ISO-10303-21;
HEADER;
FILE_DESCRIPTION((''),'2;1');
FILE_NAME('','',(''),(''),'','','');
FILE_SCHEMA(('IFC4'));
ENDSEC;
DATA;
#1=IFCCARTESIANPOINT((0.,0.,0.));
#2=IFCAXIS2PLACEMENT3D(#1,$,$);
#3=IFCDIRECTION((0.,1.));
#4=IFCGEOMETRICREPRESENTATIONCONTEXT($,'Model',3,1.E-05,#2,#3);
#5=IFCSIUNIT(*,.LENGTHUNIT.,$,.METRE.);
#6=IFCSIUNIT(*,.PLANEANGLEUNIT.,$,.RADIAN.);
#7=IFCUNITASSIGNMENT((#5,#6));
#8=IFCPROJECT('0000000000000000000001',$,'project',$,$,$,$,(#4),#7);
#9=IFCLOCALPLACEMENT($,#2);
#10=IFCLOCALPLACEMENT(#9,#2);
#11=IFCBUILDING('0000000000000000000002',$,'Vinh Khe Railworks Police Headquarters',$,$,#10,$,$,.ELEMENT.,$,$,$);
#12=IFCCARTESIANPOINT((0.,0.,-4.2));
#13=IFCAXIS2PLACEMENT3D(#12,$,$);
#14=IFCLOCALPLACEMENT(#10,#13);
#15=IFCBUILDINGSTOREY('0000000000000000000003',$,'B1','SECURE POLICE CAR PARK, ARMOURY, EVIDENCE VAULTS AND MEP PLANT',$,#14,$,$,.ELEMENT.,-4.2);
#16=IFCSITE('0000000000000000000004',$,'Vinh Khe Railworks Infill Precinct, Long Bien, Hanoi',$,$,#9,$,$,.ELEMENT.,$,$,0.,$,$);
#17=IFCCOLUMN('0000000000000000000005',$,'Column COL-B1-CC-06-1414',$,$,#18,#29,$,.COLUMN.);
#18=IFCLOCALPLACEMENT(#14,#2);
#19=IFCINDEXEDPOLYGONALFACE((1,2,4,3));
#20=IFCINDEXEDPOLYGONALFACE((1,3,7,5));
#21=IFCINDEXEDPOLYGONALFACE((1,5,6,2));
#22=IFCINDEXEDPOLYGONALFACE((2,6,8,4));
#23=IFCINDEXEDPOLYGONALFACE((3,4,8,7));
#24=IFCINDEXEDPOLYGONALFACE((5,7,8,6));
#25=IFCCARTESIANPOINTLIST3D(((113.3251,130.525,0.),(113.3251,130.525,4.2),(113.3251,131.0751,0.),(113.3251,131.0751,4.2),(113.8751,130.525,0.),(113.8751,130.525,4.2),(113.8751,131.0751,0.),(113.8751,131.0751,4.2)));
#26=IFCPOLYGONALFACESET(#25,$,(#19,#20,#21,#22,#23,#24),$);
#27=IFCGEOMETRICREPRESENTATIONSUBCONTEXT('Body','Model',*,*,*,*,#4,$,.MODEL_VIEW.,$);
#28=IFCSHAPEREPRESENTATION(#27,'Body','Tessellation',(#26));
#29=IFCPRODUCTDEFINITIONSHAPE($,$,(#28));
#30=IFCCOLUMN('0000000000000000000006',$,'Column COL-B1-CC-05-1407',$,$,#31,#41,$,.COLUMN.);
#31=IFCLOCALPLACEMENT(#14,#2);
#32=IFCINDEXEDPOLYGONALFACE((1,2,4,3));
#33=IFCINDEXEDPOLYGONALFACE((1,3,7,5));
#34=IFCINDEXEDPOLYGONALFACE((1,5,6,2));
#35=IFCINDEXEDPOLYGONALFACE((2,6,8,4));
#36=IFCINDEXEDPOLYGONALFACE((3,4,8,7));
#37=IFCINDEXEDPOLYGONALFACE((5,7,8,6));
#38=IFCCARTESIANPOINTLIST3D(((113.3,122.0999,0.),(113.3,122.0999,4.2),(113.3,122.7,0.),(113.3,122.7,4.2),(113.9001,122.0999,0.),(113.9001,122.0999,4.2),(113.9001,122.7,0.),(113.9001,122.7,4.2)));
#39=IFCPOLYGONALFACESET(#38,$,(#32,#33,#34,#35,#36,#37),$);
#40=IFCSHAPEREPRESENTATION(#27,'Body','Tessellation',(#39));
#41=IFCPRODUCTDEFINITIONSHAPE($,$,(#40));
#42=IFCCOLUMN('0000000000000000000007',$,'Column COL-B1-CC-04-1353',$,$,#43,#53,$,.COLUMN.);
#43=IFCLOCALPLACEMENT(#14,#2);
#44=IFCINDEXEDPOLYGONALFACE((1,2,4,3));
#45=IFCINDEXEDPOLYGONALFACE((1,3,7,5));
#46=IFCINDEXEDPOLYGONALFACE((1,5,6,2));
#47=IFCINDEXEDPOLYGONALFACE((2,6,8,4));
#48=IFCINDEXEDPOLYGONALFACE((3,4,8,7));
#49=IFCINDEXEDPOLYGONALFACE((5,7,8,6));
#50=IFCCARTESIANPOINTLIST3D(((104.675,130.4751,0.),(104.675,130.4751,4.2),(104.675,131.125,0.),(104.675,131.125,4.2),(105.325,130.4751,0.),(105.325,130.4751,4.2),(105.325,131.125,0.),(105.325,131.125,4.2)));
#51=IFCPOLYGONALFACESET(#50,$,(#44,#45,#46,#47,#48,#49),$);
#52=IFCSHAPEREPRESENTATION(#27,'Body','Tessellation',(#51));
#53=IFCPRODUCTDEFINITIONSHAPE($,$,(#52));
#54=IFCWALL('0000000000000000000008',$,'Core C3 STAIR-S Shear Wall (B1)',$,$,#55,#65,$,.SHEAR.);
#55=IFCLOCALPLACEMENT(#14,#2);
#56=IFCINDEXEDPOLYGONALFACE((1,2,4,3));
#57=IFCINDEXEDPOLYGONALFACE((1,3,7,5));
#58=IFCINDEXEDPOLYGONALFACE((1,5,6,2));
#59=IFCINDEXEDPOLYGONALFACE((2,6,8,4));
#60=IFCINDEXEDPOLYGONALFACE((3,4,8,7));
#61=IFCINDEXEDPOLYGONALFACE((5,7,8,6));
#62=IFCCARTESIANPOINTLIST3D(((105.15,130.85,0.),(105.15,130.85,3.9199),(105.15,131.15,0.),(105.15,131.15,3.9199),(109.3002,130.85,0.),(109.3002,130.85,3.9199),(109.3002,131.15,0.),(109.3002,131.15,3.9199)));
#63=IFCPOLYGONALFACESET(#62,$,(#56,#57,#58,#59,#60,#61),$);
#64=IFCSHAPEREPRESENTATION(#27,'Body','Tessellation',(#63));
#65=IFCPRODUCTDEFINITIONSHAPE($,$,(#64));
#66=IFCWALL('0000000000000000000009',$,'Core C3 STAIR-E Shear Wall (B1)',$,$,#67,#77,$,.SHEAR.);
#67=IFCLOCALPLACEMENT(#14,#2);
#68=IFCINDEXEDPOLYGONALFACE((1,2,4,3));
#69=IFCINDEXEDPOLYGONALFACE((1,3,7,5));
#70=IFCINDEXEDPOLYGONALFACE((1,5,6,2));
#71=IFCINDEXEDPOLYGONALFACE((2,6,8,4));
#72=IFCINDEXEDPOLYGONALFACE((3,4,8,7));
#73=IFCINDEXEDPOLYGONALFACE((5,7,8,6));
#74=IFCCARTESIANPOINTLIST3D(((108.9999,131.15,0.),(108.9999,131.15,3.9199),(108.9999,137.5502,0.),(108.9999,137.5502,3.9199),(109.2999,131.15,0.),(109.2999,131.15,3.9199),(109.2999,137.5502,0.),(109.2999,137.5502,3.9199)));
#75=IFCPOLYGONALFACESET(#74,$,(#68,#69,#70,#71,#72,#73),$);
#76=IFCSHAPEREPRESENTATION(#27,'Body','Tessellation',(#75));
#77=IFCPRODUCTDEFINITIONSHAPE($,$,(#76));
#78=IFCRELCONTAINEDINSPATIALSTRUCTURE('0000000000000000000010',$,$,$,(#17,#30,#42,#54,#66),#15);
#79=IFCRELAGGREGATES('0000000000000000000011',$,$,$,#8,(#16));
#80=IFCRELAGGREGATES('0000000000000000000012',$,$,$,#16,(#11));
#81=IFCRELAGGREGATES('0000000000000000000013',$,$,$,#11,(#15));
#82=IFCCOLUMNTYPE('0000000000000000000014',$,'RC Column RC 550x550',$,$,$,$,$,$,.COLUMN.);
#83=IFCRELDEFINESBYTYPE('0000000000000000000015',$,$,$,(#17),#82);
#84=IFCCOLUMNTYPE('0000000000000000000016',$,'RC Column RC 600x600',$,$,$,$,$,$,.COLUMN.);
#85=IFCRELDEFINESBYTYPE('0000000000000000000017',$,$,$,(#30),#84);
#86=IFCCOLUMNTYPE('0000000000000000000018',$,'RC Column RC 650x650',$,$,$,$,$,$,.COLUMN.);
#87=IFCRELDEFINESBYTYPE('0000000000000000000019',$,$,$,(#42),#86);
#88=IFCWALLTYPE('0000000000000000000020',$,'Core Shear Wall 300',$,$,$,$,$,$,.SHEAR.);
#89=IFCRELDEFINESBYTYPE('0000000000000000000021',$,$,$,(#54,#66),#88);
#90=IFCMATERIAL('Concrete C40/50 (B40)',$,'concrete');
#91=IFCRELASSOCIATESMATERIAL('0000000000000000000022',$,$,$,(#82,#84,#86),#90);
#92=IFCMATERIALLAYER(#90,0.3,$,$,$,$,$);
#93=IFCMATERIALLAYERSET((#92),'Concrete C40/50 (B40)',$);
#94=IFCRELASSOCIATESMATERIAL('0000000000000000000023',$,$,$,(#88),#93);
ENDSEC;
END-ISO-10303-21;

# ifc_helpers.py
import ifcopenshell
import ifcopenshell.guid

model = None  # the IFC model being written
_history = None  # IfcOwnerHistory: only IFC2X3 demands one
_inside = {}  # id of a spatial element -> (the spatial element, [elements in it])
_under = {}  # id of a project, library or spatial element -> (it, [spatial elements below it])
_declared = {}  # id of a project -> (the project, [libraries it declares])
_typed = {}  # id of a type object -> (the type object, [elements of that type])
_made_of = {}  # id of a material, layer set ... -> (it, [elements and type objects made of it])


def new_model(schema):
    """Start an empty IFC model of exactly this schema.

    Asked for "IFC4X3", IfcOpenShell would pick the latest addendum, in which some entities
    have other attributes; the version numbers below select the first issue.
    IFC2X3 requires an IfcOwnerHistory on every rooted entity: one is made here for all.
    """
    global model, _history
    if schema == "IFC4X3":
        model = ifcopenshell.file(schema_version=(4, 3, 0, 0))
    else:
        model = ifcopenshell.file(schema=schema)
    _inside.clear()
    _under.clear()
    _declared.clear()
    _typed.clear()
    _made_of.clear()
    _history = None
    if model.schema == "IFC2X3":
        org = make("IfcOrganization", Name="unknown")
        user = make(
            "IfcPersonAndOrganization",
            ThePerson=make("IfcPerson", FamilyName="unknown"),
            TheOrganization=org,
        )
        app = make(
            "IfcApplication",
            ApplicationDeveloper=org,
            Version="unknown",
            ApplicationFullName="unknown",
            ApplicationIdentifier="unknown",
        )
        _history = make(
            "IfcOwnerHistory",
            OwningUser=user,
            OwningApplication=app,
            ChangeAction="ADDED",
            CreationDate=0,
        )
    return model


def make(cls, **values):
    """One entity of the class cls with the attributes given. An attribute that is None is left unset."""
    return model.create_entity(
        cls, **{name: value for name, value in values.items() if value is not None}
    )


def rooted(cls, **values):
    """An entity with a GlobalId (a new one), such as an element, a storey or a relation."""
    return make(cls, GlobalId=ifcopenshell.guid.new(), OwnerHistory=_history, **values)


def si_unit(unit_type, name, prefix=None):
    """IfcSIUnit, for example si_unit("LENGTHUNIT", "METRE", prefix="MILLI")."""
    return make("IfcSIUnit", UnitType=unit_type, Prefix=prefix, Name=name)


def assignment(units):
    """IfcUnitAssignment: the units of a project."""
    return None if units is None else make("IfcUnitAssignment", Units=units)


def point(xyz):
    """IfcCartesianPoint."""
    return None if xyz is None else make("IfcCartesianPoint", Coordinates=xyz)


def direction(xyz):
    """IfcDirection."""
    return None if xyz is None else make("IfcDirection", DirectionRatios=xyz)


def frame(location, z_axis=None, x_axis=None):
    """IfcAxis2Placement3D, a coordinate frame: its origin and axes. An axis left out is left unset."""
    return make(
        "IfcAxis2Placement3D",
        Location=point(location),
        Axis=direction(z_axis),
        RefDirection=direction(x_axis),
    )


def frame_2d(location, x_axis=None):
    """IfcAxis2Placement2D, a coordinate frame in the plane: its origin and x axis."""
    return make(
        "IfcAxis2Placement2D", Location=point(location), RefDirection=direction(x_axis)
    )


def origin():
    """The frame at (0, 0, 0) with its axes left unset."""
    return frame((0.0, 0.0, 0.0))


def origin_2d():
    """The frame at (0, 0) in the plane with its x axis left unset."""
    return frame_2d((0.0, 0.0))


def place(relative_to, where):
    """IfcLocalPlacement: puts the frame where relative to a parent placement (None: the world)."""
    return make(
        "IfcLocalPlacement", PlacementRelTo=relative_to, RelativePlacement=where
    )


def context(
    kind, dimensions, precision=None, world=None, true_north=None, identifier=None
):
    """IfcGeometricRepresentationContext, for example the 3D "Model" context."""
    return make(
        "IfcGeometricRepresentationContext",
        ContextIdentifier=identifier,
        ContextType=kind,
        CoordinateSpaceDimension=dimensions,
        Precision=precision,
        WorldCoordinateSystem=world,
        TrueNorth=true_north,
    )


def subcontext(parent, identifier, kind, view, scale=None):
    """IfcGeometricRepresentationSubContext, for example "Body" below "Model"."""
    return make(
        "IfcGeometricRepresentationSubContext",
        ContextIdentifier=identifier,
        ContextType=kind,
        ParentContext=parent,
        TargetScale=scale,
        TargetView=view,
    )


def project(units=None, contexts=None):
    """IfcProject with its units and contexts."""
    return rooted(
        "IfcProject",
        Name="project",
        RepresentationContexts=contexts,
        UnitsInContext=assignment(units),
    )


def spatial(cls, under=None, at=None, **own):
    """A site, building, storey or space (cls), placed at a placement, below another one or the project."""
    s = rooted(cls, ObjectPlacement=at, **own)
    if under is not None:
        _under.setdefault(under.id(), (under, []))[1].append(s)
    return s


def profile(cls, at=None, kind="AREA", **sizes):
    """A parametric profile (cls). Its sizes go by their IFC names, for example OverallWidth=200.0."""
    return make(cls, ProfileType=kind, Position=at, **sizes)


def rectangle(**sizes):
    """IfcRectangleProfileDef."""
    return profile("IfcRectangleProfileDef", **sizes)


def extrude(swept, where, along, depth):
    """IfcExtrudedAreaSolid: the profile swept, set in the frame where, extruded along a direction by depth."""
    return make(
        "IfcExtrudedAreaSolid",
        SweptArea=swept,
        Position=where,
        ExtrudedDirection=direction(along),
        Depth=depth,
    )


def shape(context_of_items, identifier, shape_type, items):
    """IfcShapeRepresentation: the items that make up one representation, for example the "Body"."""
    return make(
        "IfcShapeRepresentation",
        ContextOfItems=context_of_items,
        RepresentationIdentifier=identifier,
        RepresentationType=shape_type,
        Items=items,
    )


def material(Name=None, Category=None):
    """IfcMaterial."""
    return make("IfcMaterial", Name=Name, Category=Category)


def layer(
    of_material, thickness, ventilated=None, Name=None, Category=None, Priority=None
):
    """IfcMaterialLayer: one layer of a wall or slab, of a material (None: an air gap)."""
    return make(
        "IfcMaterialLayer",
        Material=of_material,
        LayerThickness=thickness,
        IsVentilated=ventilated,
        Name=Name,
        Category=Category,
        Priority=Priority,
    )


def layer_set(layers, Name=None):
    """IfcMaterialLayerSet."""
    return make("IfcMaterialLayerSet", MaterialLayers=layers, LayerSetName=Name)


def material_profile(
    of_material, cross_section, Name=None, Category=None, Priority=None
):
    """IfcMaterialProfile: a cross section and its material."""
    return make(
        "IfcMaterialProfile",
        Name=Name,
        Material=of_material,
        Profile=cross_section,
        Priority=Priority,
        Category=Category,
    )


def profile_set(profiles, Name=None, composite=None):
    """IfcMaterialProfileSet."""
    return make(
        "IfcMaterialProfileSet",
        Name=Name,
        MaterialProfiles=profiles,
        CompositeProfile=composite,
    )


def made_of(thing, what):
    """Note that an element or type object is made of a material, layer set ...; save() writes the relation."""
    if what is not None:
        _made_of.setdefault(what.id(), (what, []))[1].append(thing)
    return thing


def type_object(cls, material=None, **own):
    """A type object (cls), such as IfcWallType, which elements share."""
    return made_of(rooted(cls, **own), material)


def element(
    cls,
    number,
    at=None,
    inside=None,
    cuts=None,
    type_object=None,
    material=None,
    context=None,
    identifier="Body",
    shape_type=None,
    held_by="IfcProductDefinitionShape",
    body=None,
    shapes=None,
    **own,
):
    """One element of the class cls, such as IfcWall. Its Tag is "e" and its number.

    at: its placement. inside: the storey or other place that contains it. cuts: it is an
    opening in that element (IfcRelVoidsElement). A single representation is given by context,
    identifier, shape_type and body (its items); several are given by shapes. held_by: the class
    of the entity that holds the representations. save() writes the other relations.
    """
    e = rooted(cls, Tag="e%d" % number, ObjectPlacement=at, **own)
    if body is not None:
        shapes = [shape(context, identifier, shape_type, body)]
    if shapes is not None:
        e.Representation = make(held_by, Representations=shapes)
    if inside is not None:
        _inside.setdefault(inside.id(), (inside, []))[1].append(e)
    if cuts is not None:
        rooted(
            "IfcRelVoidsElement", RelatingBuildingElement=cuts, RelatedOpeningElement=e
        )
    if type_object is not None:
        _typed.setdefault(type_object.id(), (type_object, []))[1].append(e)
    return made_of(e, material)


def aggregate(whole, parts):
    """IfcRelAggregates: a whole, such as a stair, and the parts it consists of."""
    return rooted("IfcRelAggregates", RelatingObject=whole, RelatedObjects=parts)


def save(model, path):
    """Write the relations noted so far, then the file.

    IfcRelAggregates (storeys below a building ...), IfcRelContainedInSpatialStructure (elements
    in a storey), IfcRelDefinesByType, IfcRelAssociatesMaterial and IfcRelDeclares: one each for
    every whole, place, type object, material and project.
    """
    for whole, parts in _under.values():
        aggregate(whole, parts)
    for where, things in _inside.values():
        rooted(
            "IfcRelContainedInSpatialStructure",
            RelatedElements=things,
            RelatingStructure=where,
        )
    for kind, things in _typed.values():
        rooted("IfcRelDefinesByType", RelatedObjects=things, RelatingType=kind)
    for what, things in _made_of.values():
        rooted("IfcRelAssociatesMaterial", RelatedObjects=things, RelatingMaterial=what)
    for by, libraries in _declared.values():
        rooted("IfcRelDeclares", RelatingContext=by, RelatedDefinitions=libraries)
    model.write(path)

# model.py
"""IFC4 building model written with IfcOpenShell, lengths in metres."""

from ifc_helpers import new_model, si_unit, direction, frame, frame_2d, origin, origin_2d, place, context, subcontext, project, spatial, rectangle, extrude, material, layer, layer_set, material_profile, profile_set, type_object, element, save


model = new_model("IFC4")

# Units and contexts
model_context = context("Model", 3, precision=1e-05, world=origin(), true_north=direction((0.0, 1.0)))
body_context = subcontext(model_context, "Body", "Model", "MODEL_VIEW")
ifc_project = project(units=[si_unit("LENGTHUNIT", "METRE"), si_unit("PLANEANGLEUNIT", "RADIAN")], contexts=[model_context])

# Site, building, storey
site_placement = place(None, origin())
site = spatial("IfcSite", under=ifc_project, at=site_placement, Name="Vinh Khe Railworks Infill Precinct, Long Bien, Hanoi", CompositionType="ELEMENT", RefElevation=0.0)
building_placement = place(site_placement, origin())
building = spatial("IfcBuilding", under=site, at=building_placement, Name="Vinh Khe Railworks Police Headquarters", CompositionType="ELEMENT")
storey_placement = place(building_placement, frame((0.0, 0.0, -4.2)))
storey = spatial("IfcBuildingStorey", under=building, at=storey_placement, Name="B1", Description="SECURE POLICE CAR PARK, ARMOURY, EVIDENCE VAULTS AND MEP PLANT", CompositionType="ELEMENT", Elevation=-4.2)

# Columns
ifc_material_1 = material(Name="Concrete C40/50 (B40)", Category="concrete")
ifc_material_profile_1 = material_profile(ifc_material_1, rectangle(XDim=0.55, YDim=0.55, at=origin_2d()), Name="RC 550x550")
ifc_profile_set_1 = profile_set([ifc_material_profile_1], Name="Concrete C40/50 (B40)")
column_type_1 = type_object("IfcColumnType", Name="RC Column RC 550x550", PredefinedType="COLUMN", material=ifc_profile_set_1)
column_1_placement = place(storey_placement, frame((113.6001, 130.8, 0.0), z_axis=(0.0, 0.0, 1.0), x_axis=(1.0, 0.0, 0.0)))
element("IfcColumn", 1, at=column_1_placement, inside=storey, type_object=column_type_1, Name="Column COL-B1-CC-06-1414", PredefinedType="COLUMN", context=body_context, shape_type="SweptSolid", body=[
    extrude(rectangle(XDim=0.55, YDim=0.55, at=origin_2d()), origin(), (0.0, 0.0, 1.0), 4.2),
])
ifc_material_profile_2 = material_profile(ifc_material_1, rectangle(XDim=0.6001, YDim=0.6001, at=origin_2d()), Name="RC 600x600")
ifc_profile_set_2 = profile_set([ifc_material_profile_2], Name="Concrete C40/50 (B40)")
column_type_2 = type_object("IfcColumnType", Name="RC Column RC 600x600", PredefinedType="COLUMN", material=ifc_profile_set_2)
column_2_placement = place(storey_placement, frame((113.6001, 122.3999, 0.0), z_axis=(0.0, 0.0, 1.0), x_axis=(1.0, 0.0, 0.0)))
element("IfcColumn", 2, at=column_2_placement, inside=storey, type_object=column_type_2, Name="Column COL-B1-CC-05-1407", PredefinedType="COLUMN", context=body_context, shape_type="SweptSolid", body=[
    extrude(rectangle(XDim=0.6001, YDim=0.6001, at=origin_2d()), origin(), (0.0, 0.0, 1.0), 4.2),
])
ifc_material_profile_3 = material_profile(ifc_material_1, rectangle(XDim=0.6499, YDim=0.6499, at=origin_2d()), Name="RC 650x650")
ifc_profile_set_3 = profile_set([ifc_material_profile_3], Name="Concrete C40/50 (B40)")
column_type_3 = type_object("IfcColumnType", Name="RC Column RC 650x650", PredefinedType="COLUMN", material=ifc_profile_set_3)
column_3_placement = place(storey_placement, frame((105.0, 130.8, 0.0), z_axis=(0.0, 0.0, 1.0), x_axis=(1.0, 0.0, 0.0)))
element("IfcColumn", 3, at=column_3_placement, inside=storey, type_object=column_type_3, Name="Column COL-B1-CC-04-1353", PredefinedType="COLUMN", context=body_context, shape_type="SweptSolid", body=[
    extrude(rectangle(XDim=0.6499, YDim=0.6499, at=origin_2d()), origin(), (0.0, 0.0, 1.0), 4.2),
])

# Wall
ifc_layer = layer(ifc_material_1, 0.3)
ifc_layer_set = layer_set([ifc_layer], Name="Concrete C40/50 (B40)")
wall_type = type_object("IfcWallType", Name="Core Shear Wall 300", PredefinedType="SHEAR", material=ifc_layer_set)
wall_1_placement = place(storey_placement, frame((105.1499, 131.0, 0.0), z_axis=(0.0, 0.0, 1.0), x_axis=(1.0, 0.0, 0.0)))
element("IfcWall", 4, at=wall_1_placement, inside=storey, type_object=wall_type, Name="Core C3 STAIR-S Shear Wall (B1)", PredefinedType="SHEAR", context=body_context, shape_type="SweptSolid", body=[
    extrude(rectangle(XDim=4.1501, YDim=0.3, at=frame_2d((2.0752, 0.0))), origin(), (0.0, 0.0, 1.0), 3.9199),
])

# Wall
wall_2_placement = place(storey_placement, frame((109.1499, 131.1499, 0.0), z_axis=(0.0, 0.0, 1.0), x_axis=(0.0, 1.0, 0.0)))
element("IfcWall", 5, at=wall_2_placement, inside=storey, type_object=wall_type, Name="Core C3 STAIR-E Shear Wall (B1)", PredefinedType="SHEAR", context=body_context, shape_type="SweptSolid", body=[
    extrude(rectangle(XDim=6.4001, YDim=0.3, at=frame_2d((3.2002, 0.0))), origin(), (0.0, 0.0, 1.0), 3.9199),
])

save(model, "model.ifc")
